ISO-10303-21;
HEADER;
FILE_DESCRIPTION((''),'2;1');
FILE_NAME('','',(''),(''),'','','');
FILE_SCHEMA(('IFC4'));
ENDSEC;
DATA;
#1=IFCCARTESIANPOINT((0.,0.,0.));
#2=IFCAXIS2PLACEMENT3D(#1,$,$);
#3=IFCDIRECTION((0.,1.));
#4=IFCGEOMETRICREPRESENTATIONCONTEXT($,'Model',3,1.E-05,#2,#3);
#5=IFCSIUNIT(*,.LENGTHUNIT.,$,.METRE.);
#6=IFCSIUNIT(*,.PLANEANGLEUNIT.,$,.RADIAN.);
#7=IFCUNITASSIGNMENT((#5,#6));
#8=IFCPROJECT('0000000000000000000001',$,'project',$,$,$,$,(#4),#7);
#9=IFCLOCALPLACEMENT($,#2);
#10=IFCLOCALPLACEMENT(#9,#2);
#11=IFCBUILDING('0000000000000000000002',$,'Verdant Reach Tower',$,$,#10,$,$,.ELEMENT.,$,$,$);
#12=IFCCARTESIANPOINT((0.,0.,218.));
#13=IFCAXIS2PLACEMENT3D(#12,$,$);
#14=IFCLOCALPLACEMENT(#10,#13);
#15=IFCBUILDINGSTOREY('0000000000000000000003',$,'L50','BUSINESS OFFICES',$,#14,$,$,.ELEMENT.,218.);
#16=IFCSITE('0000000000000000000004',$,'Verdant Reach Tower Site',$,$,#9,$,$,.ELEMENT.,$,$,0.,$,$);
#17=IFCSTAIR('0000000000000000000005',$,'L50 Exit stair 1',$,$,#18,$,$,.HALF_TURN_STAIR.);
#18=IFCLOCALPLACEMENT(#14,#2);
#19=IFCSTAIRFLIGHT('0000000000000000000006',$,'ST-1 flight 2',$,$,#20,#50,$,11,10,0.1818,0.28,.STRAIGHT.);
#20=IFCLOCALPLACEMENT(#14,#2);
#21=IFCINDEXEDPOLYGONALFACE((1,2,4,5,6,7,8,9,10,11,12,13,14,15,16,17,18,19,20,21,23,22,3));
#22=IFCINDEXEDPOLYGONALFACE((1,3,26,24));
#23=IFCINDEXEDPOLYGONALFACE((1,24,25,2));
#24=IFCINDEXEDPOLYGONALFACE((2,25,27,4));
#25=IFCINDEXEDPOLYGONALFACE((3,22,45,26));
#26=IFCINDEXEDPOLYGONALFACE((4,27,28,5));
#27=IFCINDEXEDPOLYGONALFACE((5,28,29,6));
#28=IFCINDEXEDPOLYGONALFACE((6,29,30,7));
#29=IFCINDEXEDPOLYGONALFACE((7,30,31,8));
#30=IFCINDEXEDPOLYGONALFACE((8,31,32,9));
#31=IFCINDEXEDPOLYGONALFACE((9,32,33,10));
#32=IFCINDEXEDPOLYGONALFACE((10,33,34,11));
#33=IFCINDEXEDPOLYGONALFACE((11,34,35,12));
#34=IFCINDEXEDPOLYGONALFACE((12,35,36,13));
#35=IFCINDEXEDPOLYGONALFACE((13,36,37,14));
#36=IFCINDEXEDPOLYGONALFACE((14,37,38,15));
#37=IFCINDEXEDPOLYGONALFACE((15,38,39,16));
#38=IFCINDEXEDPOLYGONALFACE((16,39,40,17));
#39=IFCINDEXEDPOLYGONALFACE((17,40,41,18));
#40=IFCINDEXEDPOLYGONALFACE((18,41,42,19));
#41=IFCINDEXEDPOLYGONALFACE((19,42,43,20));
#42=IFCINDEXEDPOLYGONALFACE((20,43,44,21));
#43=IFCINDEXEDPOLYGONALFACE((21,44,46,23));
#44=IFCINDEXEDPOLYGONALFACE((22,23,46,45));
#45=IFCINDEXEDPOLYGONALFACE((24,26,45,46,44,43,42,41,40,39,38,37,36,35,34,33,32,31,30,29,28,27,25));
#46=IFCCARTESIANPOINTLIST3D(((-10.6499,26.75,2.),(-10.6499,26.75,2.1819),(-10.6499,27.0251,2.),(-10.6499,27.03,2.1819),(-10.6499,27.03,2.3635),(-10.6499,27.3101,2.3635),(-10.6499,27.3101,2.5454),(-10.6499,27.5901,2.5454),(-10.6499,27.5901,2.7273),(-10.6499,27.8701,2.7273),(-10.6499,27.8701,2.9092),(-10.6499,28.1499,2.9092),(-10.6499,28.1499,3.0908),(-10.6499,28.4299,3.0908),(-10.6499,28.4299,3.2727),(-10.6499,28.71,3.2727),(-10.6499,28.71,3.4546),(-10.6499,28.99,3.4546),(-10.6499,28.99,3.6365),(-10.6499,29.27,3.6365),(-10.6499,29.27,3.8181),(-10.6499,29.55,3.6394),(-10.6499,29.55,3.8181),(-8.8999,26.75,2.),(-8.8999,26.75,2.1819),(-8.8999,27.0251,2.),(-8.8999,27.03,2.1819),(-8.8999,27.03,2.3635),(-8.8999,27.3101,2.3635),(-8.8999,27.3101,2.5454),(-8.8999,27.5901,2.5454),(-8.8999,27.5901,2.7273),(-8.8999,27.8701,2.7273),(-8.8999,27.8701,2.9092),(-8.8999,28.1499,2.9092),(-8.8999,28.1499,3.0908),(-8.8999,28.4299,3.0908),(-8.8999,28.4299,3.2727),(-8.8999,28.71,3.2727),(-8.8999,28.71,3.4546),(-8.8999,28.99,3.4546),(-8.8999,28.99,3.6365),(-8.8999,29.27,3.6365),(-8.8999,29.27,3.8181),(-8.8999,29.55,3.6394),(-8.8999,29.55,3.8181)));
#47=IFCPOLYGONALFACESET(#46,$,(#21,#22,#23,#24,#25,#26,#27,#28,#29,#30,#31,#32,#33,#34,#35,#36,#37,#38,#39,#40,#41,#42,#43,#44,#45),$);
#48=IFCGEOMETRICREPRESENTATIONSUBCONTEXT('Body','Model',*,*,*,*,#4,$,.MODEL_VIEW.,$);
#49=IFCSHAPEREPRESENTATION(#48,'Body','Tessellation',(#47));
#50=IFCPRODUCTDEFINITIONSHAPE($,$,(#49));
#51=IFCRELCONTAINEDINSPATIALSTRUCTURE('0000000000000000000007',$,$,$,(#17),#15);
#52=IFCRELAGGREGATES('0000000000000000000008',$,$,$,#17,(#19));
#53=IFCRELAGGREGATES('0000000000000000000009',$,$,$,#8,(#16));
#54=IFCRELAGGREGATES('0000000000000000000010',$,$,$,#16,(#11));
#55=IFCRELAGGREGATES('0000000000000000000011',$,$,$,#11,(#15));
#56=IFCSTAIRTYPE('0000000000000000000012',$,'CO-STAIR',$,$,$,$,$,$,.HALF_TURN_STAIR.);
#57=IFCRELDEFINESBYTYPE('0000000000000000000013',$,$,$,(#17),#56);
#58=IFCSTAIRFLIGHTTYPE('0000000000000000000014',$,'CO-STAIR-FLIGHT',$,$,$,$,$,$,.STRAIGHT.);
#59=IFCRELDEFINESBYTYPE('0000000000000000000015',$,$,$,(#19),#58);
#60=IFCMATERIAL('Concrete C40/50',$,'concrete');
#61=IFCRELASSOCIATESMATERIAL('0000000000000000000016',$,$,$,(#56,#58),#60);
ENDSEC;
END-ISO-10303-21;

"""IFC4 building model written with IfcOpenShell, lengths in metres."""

from ifc_helpers import new_model, si_unit, direction, frame, origin, place, context, subcontext, project, spatial, polyline, outline, extrude, material, type_object, element, aggregate, save


model = new_model("IFC4")

# Units and contexts
model_context = context("Model", 3, precision=1e-05, world=origin(), true_north=direction((0.0, 1.0)))
body_context = subcontext(model_context, "Body", "Model", "MODEL_VIEW")
ifc_project = project(units=[si_unit("LENGTHUNIT", "METRE"), si_unit("PLANEANGLEUNIT", "RADIAN")], contexts=[model_context])

# Site, building, storey
site_placement = place(None, origin())
site = spatial("IfcSite", under=ifc_project, at=site_placement, Name="Verdant Reach Tower Site", CompositionType="ELEMENT", RefElevation=0.0)
building_placement = place(site_placement, origin())
building = spatial("IfcBuilding", under=site, at=building_placement, Name="Verdant Reach Tower", CompositionType="ELEMENT")
storey_placement = place(building_placement, frame((0.0, 0.0, 218.0)))
storey = spatial("IfcBuildingStorey", under=building, at=storey_placement, Name="L50", Description="BUSINESS OFFICES", CompositionType="ELEMENT", Elevation=218.0)

# Shared definitions
ifc_material_1 = material(Name="Concrete C40/50", Category="concrete")

# Stair, stair flight
stair_type = type_object("IfcStairType", Name="CO-STAIR", PredefinedType="HALF_TURN_STAIR", material=ifc_material_1)
stair_placement = place(storey_placement, origin())
stair = element("IfcStair", 1, at=stair_placement, inside=storey, type_object=stair_type, Name="L50 Exit stair 1", PredefinedType="HALF_TURN_STAIR")
stair_flight_type = type_object("IfcStairFlightType", Name="CO-STAIR-FLIGHT", PredefinedType="STRAIGHT", material=ifc_material_1)
stair_flight_placement = place(storey_placement, frame((-9.7749, 26.75, 2.0), z_axis=(0.0, 0.0, 1.0), x_axis=(0.0, 1.0, 0.0)))
stair_flight = element("IfcStairFlight", 2, at=stair_flight_placement, type_object=stair_flight_type, Name="ST-1 flight 2", NumberOfRisers=11, NumberOfTreads=10, PredefinedType="STRAIGHT", RiserHeight=0.1818, TreadLength=0.28, context=body_context, shape_type="SweptSolid", body=[
    extrude(outline(polyline([(0.0, 0.0), (0.0, 0.1819), (0.28, 0.1819), (0.28, 0.3635), (0.5601, 0.3635), (0.5601, 0.5454), (0.8401, 0.5454), (0.8401, 0.7273), (1.1201, 0.7273), (1.1201, 0.9092), (1.3999, 0.9092), (1.3999, 1.0908), (1.6799, 1.0908), (1.6799, 1.2727), (1.96, 1.2727), (1.96, 1.4546), (2.24, 1.4546), (2.24, 1.6365), (2.52, 1.6365), (2.52, 1.8181), (2.8, 1.8181), (2.8, 2.0), (2.8, 1.6394), (0.2751, 0.0), (0.0, 0.0)])), frame((0.0, 0.875, 0.0), z_axis=(0.0, -1.0, 0.0), x_axis=(1.0, 0.0, 0.0)), (0.0, 0.0, 1.0), 1.75),
])
aggregate(stair, [stair_flight])

save(model, "model.ifc")
